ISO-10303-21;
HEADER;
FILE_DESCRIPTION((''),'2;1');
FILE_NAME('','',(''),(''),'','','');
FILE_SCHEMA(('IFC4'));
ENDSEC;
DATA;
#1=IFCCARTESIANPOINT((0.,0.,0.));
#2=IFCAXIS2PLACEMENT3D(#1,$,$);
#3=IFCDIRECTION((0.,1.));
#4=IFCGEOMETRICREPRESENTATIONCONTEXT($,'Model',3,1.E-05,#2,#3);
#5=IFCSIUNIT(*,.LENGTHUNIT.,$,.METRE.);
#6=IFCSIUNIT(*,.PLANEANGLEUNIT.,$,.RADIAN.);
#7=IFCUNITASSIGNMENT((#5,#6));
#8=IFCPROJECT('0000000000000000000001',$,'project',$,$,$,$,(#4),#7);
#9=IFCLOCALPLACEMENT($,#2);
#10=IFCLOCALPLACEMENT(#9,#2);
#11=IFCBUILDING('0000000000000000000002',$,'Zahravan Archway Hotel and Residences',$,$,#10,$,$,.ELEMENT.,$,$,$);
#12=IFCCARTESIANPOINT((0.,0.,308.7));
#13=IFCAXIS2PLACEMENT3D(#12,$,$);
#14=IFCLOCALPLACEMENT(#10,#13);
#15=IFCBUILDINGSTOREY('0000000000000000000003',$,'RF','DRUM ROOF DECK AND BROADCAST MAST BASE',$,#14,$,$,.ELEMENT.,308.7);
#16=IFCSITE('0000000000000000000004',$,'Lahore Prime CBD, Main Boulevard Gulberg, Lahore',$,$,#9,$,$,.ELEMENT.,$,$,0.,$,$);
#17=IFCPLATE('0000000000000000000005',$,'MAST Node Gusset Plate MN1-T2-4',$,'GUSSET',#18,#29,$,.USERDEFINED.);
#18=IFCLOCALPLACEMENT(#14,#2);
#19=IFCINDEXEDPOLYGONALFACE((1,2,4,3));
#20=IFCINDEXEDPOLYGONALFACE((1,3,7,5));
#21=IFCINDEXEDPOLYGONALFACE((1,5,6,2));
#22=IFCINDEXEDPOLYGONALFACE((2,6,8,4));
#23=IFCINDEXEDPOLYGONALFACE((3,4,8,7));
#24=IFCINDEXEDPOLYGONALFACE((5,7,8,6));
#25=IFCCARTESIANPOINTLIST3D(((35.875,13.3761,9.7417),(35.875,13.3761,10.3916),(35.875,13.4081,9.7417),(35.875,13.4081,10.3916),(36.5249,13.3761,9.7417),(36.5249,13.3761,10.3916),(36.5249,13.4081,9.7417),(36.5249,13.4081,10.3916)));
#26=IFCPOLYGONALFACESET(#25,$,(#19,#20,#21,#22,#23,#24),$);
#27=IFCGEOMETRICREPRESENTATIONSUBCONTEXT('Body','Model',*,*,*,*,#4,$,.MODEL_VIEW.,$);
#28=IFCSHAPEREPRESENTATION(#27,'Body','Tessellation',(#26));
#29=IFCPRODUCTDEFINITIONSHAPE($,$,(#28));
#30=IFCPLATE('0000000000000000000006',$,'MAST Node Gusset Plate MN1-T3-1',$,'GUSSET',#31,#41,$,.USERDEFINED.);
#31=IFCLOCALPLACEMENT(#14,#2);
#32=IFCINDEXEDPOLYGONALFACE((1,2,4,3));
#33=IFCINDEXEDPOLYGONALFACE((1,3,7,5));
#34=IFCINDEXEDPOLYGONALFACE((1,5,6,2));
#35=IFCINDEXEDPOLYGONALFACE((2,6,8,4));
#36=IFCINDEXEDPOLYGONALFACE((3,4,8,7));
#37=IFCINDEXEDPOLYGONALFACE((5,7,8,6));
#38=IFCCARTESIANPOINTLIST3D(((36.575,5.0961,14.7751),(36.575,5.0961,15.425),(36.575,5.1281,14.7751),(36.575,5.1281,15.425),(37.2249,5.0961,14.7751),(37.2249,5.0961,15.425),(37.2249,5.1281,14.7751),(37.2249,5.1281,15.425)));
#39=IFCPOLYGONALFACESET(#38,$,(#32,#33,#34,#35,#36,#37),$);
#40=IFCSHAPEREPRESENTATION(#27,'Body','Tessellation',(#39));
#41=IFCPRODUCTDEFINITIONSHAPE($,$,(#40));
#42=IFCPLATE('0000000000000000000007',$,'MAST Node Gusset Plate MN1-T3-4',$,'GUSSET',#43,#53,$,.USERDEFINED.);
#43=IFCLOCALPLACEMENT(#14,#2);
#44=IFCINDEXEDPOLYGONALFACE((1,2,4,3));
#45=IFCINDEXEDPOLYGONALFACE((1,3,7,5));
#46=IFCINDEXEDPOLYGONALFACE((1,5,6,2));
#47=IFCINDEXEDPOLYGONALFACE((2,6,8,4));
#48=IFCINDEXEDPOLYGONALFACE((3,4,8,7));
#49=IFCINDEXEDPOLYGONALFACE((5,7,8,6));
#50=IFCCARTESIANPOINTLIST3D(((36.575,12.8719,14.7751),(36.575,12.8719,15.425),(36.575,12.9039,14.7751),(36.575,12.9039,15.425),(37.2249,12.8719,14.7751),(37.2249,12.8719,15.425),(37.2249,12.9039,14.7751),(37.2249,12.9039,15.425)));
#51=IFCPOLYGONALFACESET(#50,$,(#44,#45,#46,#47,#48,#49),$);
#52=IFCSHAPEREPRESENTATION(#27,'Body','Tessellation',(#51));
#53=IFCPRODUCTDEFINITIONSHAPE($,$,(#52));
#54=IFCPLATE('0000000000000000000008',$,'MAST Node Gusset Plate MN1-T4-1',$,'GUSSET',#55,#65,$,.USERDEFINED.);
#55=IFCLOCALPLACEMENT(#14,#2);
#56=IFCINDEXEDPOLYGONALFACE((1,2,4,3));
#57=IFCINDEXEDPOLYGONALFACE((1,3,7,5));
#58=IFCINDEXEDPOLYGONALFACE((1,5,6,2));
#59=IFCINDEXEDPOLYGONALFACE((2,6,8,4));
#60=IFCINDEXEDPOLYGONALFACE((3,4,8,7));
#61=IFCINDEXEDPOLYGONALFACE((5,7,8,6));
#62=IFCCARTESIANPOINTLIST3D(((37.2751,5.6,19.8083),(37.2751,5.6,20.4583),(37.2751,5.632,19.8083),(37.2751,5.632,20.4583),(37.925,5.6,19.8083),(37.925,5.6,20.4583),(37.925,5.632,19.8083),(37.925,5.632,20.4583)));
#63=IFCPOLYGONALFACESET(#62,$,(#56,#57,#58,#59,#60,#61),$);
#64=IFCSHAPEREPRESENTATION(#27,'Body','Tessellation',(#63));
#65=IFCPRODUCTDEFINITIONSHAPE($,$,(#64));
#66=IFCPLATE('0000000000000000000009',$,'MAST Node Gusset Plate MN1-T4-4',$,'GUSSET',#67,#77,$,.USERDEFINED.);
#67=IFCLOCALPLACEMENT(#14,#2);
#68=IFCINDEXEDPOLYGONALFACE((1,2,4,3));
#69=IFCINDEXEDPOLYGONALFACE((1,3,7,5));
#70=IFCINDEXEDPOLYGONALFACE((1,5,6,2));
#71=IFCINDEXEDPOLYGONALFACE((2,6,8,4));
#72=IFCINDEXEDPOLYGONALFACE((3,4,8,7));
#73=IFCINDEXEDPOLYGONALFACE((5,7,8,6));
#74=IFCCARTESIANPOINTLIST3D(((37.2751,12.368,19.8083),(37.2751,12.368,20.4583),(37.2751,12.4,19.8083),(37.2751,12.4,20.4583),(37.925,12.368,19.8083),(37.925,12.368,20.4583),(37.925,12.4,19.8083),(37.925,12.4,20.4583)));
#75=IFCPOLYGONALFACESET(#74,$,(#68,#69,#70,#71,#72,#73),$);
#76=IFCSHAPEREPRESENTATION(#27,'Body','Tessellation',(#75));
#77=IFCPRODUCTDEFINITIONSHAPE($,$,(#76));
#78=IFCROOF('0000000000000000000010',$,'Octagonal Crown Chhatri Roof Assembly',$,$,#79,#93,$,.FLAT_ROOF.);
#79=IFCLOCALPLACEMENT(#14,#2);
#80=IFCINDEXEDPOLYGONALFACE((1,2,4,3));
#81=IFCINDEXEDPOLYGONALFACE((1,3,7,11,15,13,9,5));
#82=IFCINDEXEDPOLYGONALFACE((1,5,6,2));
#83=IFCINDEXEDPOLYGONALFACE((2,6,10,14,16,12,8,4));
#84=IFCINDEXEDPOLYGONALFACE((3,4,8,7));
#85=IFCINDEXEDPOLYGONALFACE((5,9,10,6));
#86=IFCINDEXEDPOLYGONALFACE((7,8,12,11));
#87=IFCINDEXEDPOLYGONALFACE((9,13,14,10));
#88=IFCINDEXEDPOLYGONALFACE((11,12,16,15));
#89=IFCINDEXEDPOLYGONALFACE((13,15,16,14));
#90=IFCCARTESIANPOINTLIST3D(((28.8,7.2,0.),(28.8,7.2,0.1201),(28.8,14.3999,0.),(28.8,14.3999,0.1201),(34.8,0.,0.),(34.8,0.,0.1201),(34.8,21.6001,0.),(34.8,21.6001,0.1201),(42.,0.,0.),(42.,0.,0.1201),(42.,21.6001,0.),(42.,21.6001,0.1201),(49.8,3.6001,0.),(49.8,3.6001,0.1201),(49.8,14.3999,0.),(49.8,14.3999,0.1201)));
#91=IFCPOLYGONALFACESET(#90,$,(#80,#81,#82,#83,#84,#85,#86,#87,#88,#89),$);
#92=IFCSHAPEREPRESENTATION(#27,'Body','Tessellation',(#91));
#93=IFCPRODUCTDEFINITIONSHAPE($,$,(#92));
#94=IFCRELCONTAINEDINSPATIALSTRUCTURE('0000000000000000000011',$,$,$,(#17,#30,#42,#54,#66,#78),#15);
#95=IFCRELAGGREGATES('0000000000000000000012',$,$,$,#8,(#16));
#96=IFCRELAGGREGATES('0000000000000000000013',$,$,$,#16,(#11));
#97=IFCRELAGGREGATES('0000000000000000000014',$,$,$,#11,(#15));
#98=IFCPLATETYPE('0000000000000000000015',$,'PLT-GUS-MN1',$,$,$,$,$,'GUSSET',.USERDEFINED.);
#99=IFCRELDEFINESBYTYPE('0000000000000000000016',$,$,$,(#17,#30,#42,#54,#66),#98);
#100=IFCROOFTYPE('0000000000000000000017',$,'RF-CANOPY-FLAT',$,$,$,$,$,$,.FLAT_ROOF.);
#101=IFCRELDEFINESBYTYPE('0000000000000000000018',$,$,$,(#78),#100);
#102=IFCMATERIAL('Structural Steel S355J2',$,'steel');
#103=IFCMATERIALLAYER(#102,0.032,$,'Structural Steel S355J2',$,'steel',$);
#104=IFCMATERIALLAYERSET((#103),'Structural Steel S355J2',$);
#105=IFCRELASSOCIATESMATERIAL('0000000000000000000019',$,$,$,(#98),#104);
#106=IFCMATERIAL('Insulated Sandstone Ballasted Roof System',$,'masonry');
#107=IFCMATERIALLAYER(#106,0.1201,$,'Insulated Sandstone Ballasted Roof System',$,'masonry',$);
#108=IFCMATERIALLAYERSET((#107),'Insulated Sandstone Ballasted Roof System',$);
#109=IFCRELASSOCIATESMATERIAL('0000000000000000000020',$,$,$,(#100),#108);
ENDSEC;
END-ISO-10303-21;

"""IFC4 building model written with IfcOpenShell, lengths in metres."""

from ifc_helpers import new_model, si_unit, direction, frame, origin, origin_2d, place, context, subcontext, project, spatial, polyline, rectangle, outline, extrude, source, transform, mapped, material, layer, layer_set, type_object, type_shapes, element, save


model = new_model("IFC4")

# Units and contexts
model_context = context("Model", 3, precision=1e-05, world=origin(), true_north=direction((0.0, 1.0)))
body_context = subcontext(model_context, "Body", "Model", "MODEL_VIEW")
ifc_project = project(units=[si_unit("LENGTHUNIT", "METRE"), si_unit("PLANEANGLEUNIT", "RADIAN")], contexts=[model_context])

# Site, building, storey
site_placement = place(None, origin())
site = spatial("IfcSite", under=ifc_project, at=site_placement, Name="Lahore Prime CBD, Main Boulevard Gulberg, Lahore", CompositionType="ELEMENT", RefElevation=0.0)
building_placement = place(site_placement, origin())
building = spatial("IfcBuilding", under=site, at=building_placement, Name="Zahravan Archway Hotel and Residences", CompositionType="ELEMENT")
storey_placement = place(building_placement, frame((0.0, 0.0, 308.7)))
storey = spatial("IfcBuildingStorey", under=building, at=storey_placement, Name="RF", Description="DRUM ROOF DECK AND BROADCAST MAST BASE", CompositionType="ELEMENT", Elevation=308.7)

# Plates
ifc_material_1 = material(Name="Structural Steel S355J2", Category="steel")
ifc_layer_1 = layer(ifc_material_1, 0.032, Name="Structural Steel S355J2", Category="steel")
ifc_layer_set_1 = layer_set([ifc_layer_1], Name="Structural Steel S355J2")
plate_type_1 = type_object("IfcPlateType", Name="PLT-GUS-MN1", ElementType="GUSSET", PredefinedType="USERDEFINED", material=ifc_layer_set_1)
shared_shape_1 = source(origin(), body_context, "Body", "SweptSolid", [
    extrude(rectangle(XDim=0.6499, YDim=0.032, at=origin_2d()), origin(), (0.0, 0.0, 1.0), 0.6499),
])
type_shapes(plate_type_1, [shared_shape_1])
for number, where, z_axis, x_axis, name in (
    (1, (36.2, 13.3921, 9.7417), (0.0, 0.0, 1.0), (1.0, 0.0, 0.0), "MAST Node Gusset Plate MN1-T2-4"),
    (2, (36.8999, 5.1121, 14.7751), (0.0, 0.0, 1.0), (1.0, 0.0, 0.0), "MAST Node Gusset Plate MN1-T3-1"),
    (3, (36.8999, 12.8879, 14.7751), (0.0, 0.0, 1.0), (1.0, 0.0, 0.0), "MAST Node Gusset Plate MN1-T3-4"),
    (4, (37.6001, 5.616, 19.8083), (0.0, 0.0, 1.0), (1.0, 0.0, 0.0), "MAST Node Gusset Plate MN1-T4-1"),
    (5, (37.6001, 12.384, 19.8083), (0.0, 0.0, 1.0), (1.0, 0.0, 0.0), "MAST Node Gusset Plate MN1-T4-4"),
):
    element("IfcPlate", number, at=place(storey_placement, frame(where, z_axis=z_axis, x_axis=x_axis)), inside=storey, type_object=plate_type_1, Name=name, ObjectType="GUSSET", PredefinedType="USERDEFINED", context=body_context, shape_type="MappedRepresentation", body=[
        mapped(shared_shape_1, transform((0.0, 0.0, 0.0), scale=1.0)),
    ])

# Roof
ifc_material_2 = material(Name="Insulated Sandstone Ballasted Roof System", Category="masonry")
ifc_layer_2 = layer(ifc_material_2, 0.1201, Name="Insulated Sandstone Ballasted Roof System", Category="masonry")
ifc_layer_set_2 = layer_set([ifc_layer_2], Name="Insulated Sandstone Ballasted Roof System")
roof_type = type_object("IfcRoofType", Name="RF-CANOPY-FLAT", PredefinedType="FLAT_ROOF", material=ifc_layer_set_2)
roof_placement = place(storey_placement, origin())
element("IfcRoof", 6, at=roof_placement, inside=storey, type_object=roof_type, Name="Octagonal Crown Chhatri Roof Assembly", PredefinedType="FLAT_ROOF", context=body_context, shape_type="SweptSolid", body=[
    extrude(outline(polyline([(34.8, 0.0), (42.0, 0.0), (49.8, 3.6001), (49.8, 14.3999), (42.0, 21.6001), (34.8, 21.6001), (28.8, 14.3999), (28.8, 7.2), (34.8, 0.0)])), origin(), (0.0, 0.0, 1.0), 0.1201),
])

save(model, "model.ifc")
